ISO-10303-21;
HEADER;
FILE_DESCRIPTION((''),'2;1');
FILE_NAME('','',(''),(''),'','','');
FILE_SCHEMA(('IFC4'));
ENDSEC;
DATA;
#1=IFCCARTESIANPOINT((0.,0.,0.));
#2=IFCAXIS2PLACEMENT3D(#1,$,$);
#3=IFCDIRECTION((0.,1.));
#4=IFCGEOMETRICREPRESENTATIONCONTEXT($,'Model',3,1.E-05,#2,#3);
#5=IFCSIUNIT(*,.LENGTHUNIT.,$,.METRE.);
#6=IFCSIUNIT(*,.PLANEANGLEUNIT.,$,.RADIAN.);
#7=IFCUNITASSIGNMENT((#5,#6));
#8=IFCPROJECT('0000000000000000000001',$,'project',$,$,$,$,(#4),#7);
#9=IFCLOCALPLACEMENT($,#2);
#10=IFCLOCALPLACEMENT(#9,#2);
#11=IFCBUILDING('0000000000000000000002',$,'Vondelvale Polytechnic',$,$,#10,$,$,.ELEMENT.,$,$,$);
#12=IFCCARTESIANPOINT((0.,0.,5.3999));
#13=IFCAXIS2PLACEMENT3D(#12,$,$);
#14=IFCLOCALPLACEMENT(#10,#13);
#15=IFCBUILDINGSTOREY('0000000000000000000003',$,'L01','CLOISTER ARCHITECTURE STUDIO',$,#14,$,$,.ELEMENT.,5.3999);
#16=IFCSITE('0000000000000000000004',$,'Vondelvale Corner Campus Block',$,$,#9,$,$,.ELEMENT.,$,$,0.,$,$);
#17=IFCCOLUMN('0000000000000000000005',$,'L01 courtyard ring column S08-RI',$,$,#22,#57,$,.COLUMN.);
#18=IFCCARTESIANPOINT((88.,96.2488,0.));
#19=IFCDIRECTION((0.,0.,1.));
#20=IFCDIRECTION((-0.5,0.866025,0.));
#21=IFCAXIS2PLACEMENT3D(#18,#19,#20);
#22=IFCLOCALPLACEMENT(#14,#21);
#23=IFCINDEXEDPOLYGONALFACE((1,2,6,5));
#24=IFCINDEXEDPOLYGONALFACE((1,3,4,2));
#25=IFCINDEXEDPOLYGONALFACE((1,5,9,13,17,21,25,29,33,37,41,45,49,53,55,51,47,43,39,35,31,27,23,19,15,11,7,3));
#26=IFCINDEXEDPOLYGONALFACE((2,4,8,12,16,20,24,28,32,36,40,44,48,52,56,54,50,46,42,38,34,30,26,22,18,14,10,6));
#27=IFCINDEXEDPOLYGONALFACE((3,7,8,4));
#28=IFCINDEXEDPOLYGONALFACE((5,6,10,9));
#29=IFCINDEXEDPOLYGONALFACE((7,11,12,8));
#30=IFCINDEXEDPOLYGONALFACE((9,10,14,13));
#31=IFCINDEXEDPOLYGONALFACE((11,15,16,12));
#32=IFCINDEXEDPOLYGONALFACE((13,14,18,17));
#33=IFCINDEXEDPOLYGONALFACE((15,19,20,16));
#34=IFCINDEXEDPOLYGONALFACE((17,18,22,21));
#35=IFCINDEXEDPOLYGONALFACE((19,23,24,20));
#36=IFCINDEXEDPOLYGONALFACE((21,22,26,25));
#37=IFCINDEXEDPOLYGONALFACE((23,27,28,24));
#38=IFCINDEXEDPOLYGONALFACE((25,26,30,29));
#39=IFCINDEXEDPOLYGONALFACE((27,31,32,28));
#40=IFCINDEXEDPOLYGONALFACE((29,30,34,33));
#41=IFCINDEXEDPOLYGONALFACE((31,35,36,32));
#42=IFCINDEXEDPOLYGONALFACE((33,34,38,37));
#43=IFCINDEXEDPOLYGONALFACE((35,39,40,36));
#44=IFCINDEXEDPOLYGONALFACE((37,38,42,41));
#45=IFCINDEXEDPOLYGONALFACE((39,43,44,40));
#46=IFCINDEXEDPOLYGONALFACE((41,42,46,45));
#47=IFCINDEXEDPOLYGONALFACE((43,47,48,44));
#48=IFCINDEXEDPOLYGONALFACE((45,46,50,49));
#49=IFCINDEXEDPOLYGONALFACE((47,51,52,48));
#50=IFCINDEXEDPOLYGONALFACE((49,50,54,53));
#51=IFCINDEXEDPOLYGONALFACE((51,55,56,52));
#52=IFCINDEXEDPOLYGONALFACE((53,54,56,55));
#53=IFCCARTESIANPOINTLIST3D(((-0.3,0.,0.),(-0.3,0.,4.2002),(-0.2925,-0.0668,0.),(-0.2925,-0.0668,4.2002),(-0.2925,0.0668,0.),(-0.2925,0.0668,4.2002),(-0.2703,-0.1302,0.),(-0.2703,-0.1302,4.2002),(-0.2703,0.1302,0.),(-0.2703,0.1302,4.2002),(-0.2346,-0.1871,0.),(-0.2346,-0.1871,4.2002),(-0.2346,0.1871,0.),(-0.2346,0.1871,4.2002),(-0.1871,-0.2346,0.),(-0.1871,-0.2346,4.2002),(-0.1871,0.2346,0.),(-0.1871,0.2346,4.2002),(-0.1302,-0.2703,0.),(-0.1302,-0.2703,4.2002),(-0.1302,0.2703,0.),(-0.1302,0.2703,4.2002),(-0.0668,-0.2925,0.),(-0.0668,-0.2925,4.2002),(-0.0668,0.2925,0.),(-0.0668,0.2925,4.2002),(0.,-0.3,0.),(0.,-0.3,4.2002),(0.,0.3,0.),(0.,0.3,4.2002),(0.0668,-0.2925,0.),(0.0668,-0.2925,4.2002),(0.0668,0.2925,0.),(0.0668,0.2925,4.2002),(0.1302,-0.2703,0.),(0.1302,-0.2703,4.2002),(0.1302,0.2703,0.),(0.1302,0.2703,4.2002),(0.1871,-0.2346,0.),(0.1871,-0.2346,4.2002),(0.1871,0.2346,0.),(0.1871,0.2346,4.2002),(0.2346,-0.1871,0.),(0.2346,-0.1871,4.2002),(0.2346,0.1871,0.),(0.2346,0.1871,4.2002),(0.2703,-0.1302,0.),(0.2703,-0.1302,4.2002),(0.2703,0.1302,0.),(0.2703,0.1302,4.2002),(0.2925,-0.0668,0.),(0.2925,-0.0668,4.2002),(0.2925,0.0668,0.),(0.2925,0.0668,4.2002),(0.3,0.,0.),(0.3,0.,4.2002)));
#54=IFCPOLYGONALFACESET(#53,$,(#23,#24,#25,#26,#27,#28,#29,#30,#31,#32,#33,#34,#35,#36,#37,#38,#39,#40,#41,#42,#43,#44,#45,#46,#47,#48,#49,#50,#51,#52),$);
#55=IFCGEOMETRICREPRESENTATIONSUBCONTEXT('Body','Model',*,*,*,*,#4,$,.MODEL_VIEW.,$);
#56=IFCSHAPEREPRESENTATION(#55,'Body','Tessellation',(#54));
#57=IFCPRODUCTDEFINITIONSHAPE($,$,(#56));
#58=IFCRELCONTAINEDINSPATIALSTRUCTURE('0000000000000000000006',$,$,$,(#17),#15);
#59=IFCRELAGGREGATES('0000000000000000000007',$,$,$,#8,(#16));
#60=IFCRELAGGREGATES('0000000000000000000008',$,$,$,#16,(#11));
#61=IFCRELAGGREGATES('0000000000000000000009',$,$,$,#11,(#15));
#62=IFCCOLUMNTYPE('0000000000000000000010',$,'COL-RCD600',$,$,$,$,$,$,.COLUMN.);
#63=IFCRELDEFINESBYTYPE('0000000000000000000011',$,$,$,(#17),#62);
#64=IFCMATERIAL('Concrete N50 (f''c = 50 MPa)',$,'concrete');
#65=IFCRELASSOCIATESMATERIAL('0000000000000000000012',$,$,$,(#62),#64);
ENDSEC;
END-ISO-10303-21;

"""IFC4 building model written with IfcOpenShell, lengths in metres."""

from ifc_helpers import new_model, si_unit, direction, frame, origin, origin_2d, place, context, subcontext, project, spatial, circle, extrude, material, material_profile, profile_set, type_object, element, save


model = new_model("IFC4")

# Units and contexts
model_context = context("Model", 3, precision=1e-05, world=origin(), true_north=direction((0.0, 1.0)))
body_context = subcontext(model_context, "Body", "Model", "MODEL_VIEW")
ifc_project = project(units=[si_unit("LENGTHUNIT", "METRE"), si_unit("PLANEANGLEUNIT", "RADIAN")], contexts=[model_context])

# Site, building, storey
site_placement = place(None, origin())
site = spatial("IfcSite", under=ifc_project, at=site_placement, Name="Vondelvale Corner Campus Block", CompositionType="ELEMENT", RefElevation=0.0)
building_placement = place(site_placement, origin())
building = spatial("IfcBuilding", under=site, at=building_placement, Name="Vondelvale Polytechnic", CompositionType="ELEMENT")
storey_placement = place(building_placement, frame((0.0, 0.0, 5.3999)))
storey = spatial("IfcBuildingStorey", under=building, at=storey_placement, Name="L01", Description="CLOISTER ARCHITECTURE STUDIO", CompositionType="ELEMENT", Elevation=5.3999)

# Column
ifc_material_1 = material(Name="Concrete N50 (f'c = 50 MPa)", Category="concrete")
ifc_material_profile_1 = material_profile(ifc_material_1, circle(Radius=0.3, at=origin_2d()), Name="RC-COL-D600")
ifc_profile_set_1 = profile_set([ifc_material_profile_1], Name="Concrete N50 (f'c = 50 MPa)")
column_type = type_object("IfcColumnType", Name="COL-RCD600", PredefinedType="COLUMN", material=ifc_profile_set_1)
column_placement = place(storey_placement, frame((88.0, 96.2488, 0.0), z_axis=(0.0, 0.0, 1.0), x_axis=(-0.5, 0.866025, 0.0)))
element("IfcColumn", 1, at=column_placement, inside=storey, type_object=column_type, Name="L01 courtyard ring column S08-RI", PredefinedType="COLUMN", context=body_context, shape_type="SweptSolid", body=[
    extrude(circle(Radius=0.3, at=origin_2d()), origin(), (0.0, 0.0, 1.0), 4.2002),
])

save(model, "model.ifc")
